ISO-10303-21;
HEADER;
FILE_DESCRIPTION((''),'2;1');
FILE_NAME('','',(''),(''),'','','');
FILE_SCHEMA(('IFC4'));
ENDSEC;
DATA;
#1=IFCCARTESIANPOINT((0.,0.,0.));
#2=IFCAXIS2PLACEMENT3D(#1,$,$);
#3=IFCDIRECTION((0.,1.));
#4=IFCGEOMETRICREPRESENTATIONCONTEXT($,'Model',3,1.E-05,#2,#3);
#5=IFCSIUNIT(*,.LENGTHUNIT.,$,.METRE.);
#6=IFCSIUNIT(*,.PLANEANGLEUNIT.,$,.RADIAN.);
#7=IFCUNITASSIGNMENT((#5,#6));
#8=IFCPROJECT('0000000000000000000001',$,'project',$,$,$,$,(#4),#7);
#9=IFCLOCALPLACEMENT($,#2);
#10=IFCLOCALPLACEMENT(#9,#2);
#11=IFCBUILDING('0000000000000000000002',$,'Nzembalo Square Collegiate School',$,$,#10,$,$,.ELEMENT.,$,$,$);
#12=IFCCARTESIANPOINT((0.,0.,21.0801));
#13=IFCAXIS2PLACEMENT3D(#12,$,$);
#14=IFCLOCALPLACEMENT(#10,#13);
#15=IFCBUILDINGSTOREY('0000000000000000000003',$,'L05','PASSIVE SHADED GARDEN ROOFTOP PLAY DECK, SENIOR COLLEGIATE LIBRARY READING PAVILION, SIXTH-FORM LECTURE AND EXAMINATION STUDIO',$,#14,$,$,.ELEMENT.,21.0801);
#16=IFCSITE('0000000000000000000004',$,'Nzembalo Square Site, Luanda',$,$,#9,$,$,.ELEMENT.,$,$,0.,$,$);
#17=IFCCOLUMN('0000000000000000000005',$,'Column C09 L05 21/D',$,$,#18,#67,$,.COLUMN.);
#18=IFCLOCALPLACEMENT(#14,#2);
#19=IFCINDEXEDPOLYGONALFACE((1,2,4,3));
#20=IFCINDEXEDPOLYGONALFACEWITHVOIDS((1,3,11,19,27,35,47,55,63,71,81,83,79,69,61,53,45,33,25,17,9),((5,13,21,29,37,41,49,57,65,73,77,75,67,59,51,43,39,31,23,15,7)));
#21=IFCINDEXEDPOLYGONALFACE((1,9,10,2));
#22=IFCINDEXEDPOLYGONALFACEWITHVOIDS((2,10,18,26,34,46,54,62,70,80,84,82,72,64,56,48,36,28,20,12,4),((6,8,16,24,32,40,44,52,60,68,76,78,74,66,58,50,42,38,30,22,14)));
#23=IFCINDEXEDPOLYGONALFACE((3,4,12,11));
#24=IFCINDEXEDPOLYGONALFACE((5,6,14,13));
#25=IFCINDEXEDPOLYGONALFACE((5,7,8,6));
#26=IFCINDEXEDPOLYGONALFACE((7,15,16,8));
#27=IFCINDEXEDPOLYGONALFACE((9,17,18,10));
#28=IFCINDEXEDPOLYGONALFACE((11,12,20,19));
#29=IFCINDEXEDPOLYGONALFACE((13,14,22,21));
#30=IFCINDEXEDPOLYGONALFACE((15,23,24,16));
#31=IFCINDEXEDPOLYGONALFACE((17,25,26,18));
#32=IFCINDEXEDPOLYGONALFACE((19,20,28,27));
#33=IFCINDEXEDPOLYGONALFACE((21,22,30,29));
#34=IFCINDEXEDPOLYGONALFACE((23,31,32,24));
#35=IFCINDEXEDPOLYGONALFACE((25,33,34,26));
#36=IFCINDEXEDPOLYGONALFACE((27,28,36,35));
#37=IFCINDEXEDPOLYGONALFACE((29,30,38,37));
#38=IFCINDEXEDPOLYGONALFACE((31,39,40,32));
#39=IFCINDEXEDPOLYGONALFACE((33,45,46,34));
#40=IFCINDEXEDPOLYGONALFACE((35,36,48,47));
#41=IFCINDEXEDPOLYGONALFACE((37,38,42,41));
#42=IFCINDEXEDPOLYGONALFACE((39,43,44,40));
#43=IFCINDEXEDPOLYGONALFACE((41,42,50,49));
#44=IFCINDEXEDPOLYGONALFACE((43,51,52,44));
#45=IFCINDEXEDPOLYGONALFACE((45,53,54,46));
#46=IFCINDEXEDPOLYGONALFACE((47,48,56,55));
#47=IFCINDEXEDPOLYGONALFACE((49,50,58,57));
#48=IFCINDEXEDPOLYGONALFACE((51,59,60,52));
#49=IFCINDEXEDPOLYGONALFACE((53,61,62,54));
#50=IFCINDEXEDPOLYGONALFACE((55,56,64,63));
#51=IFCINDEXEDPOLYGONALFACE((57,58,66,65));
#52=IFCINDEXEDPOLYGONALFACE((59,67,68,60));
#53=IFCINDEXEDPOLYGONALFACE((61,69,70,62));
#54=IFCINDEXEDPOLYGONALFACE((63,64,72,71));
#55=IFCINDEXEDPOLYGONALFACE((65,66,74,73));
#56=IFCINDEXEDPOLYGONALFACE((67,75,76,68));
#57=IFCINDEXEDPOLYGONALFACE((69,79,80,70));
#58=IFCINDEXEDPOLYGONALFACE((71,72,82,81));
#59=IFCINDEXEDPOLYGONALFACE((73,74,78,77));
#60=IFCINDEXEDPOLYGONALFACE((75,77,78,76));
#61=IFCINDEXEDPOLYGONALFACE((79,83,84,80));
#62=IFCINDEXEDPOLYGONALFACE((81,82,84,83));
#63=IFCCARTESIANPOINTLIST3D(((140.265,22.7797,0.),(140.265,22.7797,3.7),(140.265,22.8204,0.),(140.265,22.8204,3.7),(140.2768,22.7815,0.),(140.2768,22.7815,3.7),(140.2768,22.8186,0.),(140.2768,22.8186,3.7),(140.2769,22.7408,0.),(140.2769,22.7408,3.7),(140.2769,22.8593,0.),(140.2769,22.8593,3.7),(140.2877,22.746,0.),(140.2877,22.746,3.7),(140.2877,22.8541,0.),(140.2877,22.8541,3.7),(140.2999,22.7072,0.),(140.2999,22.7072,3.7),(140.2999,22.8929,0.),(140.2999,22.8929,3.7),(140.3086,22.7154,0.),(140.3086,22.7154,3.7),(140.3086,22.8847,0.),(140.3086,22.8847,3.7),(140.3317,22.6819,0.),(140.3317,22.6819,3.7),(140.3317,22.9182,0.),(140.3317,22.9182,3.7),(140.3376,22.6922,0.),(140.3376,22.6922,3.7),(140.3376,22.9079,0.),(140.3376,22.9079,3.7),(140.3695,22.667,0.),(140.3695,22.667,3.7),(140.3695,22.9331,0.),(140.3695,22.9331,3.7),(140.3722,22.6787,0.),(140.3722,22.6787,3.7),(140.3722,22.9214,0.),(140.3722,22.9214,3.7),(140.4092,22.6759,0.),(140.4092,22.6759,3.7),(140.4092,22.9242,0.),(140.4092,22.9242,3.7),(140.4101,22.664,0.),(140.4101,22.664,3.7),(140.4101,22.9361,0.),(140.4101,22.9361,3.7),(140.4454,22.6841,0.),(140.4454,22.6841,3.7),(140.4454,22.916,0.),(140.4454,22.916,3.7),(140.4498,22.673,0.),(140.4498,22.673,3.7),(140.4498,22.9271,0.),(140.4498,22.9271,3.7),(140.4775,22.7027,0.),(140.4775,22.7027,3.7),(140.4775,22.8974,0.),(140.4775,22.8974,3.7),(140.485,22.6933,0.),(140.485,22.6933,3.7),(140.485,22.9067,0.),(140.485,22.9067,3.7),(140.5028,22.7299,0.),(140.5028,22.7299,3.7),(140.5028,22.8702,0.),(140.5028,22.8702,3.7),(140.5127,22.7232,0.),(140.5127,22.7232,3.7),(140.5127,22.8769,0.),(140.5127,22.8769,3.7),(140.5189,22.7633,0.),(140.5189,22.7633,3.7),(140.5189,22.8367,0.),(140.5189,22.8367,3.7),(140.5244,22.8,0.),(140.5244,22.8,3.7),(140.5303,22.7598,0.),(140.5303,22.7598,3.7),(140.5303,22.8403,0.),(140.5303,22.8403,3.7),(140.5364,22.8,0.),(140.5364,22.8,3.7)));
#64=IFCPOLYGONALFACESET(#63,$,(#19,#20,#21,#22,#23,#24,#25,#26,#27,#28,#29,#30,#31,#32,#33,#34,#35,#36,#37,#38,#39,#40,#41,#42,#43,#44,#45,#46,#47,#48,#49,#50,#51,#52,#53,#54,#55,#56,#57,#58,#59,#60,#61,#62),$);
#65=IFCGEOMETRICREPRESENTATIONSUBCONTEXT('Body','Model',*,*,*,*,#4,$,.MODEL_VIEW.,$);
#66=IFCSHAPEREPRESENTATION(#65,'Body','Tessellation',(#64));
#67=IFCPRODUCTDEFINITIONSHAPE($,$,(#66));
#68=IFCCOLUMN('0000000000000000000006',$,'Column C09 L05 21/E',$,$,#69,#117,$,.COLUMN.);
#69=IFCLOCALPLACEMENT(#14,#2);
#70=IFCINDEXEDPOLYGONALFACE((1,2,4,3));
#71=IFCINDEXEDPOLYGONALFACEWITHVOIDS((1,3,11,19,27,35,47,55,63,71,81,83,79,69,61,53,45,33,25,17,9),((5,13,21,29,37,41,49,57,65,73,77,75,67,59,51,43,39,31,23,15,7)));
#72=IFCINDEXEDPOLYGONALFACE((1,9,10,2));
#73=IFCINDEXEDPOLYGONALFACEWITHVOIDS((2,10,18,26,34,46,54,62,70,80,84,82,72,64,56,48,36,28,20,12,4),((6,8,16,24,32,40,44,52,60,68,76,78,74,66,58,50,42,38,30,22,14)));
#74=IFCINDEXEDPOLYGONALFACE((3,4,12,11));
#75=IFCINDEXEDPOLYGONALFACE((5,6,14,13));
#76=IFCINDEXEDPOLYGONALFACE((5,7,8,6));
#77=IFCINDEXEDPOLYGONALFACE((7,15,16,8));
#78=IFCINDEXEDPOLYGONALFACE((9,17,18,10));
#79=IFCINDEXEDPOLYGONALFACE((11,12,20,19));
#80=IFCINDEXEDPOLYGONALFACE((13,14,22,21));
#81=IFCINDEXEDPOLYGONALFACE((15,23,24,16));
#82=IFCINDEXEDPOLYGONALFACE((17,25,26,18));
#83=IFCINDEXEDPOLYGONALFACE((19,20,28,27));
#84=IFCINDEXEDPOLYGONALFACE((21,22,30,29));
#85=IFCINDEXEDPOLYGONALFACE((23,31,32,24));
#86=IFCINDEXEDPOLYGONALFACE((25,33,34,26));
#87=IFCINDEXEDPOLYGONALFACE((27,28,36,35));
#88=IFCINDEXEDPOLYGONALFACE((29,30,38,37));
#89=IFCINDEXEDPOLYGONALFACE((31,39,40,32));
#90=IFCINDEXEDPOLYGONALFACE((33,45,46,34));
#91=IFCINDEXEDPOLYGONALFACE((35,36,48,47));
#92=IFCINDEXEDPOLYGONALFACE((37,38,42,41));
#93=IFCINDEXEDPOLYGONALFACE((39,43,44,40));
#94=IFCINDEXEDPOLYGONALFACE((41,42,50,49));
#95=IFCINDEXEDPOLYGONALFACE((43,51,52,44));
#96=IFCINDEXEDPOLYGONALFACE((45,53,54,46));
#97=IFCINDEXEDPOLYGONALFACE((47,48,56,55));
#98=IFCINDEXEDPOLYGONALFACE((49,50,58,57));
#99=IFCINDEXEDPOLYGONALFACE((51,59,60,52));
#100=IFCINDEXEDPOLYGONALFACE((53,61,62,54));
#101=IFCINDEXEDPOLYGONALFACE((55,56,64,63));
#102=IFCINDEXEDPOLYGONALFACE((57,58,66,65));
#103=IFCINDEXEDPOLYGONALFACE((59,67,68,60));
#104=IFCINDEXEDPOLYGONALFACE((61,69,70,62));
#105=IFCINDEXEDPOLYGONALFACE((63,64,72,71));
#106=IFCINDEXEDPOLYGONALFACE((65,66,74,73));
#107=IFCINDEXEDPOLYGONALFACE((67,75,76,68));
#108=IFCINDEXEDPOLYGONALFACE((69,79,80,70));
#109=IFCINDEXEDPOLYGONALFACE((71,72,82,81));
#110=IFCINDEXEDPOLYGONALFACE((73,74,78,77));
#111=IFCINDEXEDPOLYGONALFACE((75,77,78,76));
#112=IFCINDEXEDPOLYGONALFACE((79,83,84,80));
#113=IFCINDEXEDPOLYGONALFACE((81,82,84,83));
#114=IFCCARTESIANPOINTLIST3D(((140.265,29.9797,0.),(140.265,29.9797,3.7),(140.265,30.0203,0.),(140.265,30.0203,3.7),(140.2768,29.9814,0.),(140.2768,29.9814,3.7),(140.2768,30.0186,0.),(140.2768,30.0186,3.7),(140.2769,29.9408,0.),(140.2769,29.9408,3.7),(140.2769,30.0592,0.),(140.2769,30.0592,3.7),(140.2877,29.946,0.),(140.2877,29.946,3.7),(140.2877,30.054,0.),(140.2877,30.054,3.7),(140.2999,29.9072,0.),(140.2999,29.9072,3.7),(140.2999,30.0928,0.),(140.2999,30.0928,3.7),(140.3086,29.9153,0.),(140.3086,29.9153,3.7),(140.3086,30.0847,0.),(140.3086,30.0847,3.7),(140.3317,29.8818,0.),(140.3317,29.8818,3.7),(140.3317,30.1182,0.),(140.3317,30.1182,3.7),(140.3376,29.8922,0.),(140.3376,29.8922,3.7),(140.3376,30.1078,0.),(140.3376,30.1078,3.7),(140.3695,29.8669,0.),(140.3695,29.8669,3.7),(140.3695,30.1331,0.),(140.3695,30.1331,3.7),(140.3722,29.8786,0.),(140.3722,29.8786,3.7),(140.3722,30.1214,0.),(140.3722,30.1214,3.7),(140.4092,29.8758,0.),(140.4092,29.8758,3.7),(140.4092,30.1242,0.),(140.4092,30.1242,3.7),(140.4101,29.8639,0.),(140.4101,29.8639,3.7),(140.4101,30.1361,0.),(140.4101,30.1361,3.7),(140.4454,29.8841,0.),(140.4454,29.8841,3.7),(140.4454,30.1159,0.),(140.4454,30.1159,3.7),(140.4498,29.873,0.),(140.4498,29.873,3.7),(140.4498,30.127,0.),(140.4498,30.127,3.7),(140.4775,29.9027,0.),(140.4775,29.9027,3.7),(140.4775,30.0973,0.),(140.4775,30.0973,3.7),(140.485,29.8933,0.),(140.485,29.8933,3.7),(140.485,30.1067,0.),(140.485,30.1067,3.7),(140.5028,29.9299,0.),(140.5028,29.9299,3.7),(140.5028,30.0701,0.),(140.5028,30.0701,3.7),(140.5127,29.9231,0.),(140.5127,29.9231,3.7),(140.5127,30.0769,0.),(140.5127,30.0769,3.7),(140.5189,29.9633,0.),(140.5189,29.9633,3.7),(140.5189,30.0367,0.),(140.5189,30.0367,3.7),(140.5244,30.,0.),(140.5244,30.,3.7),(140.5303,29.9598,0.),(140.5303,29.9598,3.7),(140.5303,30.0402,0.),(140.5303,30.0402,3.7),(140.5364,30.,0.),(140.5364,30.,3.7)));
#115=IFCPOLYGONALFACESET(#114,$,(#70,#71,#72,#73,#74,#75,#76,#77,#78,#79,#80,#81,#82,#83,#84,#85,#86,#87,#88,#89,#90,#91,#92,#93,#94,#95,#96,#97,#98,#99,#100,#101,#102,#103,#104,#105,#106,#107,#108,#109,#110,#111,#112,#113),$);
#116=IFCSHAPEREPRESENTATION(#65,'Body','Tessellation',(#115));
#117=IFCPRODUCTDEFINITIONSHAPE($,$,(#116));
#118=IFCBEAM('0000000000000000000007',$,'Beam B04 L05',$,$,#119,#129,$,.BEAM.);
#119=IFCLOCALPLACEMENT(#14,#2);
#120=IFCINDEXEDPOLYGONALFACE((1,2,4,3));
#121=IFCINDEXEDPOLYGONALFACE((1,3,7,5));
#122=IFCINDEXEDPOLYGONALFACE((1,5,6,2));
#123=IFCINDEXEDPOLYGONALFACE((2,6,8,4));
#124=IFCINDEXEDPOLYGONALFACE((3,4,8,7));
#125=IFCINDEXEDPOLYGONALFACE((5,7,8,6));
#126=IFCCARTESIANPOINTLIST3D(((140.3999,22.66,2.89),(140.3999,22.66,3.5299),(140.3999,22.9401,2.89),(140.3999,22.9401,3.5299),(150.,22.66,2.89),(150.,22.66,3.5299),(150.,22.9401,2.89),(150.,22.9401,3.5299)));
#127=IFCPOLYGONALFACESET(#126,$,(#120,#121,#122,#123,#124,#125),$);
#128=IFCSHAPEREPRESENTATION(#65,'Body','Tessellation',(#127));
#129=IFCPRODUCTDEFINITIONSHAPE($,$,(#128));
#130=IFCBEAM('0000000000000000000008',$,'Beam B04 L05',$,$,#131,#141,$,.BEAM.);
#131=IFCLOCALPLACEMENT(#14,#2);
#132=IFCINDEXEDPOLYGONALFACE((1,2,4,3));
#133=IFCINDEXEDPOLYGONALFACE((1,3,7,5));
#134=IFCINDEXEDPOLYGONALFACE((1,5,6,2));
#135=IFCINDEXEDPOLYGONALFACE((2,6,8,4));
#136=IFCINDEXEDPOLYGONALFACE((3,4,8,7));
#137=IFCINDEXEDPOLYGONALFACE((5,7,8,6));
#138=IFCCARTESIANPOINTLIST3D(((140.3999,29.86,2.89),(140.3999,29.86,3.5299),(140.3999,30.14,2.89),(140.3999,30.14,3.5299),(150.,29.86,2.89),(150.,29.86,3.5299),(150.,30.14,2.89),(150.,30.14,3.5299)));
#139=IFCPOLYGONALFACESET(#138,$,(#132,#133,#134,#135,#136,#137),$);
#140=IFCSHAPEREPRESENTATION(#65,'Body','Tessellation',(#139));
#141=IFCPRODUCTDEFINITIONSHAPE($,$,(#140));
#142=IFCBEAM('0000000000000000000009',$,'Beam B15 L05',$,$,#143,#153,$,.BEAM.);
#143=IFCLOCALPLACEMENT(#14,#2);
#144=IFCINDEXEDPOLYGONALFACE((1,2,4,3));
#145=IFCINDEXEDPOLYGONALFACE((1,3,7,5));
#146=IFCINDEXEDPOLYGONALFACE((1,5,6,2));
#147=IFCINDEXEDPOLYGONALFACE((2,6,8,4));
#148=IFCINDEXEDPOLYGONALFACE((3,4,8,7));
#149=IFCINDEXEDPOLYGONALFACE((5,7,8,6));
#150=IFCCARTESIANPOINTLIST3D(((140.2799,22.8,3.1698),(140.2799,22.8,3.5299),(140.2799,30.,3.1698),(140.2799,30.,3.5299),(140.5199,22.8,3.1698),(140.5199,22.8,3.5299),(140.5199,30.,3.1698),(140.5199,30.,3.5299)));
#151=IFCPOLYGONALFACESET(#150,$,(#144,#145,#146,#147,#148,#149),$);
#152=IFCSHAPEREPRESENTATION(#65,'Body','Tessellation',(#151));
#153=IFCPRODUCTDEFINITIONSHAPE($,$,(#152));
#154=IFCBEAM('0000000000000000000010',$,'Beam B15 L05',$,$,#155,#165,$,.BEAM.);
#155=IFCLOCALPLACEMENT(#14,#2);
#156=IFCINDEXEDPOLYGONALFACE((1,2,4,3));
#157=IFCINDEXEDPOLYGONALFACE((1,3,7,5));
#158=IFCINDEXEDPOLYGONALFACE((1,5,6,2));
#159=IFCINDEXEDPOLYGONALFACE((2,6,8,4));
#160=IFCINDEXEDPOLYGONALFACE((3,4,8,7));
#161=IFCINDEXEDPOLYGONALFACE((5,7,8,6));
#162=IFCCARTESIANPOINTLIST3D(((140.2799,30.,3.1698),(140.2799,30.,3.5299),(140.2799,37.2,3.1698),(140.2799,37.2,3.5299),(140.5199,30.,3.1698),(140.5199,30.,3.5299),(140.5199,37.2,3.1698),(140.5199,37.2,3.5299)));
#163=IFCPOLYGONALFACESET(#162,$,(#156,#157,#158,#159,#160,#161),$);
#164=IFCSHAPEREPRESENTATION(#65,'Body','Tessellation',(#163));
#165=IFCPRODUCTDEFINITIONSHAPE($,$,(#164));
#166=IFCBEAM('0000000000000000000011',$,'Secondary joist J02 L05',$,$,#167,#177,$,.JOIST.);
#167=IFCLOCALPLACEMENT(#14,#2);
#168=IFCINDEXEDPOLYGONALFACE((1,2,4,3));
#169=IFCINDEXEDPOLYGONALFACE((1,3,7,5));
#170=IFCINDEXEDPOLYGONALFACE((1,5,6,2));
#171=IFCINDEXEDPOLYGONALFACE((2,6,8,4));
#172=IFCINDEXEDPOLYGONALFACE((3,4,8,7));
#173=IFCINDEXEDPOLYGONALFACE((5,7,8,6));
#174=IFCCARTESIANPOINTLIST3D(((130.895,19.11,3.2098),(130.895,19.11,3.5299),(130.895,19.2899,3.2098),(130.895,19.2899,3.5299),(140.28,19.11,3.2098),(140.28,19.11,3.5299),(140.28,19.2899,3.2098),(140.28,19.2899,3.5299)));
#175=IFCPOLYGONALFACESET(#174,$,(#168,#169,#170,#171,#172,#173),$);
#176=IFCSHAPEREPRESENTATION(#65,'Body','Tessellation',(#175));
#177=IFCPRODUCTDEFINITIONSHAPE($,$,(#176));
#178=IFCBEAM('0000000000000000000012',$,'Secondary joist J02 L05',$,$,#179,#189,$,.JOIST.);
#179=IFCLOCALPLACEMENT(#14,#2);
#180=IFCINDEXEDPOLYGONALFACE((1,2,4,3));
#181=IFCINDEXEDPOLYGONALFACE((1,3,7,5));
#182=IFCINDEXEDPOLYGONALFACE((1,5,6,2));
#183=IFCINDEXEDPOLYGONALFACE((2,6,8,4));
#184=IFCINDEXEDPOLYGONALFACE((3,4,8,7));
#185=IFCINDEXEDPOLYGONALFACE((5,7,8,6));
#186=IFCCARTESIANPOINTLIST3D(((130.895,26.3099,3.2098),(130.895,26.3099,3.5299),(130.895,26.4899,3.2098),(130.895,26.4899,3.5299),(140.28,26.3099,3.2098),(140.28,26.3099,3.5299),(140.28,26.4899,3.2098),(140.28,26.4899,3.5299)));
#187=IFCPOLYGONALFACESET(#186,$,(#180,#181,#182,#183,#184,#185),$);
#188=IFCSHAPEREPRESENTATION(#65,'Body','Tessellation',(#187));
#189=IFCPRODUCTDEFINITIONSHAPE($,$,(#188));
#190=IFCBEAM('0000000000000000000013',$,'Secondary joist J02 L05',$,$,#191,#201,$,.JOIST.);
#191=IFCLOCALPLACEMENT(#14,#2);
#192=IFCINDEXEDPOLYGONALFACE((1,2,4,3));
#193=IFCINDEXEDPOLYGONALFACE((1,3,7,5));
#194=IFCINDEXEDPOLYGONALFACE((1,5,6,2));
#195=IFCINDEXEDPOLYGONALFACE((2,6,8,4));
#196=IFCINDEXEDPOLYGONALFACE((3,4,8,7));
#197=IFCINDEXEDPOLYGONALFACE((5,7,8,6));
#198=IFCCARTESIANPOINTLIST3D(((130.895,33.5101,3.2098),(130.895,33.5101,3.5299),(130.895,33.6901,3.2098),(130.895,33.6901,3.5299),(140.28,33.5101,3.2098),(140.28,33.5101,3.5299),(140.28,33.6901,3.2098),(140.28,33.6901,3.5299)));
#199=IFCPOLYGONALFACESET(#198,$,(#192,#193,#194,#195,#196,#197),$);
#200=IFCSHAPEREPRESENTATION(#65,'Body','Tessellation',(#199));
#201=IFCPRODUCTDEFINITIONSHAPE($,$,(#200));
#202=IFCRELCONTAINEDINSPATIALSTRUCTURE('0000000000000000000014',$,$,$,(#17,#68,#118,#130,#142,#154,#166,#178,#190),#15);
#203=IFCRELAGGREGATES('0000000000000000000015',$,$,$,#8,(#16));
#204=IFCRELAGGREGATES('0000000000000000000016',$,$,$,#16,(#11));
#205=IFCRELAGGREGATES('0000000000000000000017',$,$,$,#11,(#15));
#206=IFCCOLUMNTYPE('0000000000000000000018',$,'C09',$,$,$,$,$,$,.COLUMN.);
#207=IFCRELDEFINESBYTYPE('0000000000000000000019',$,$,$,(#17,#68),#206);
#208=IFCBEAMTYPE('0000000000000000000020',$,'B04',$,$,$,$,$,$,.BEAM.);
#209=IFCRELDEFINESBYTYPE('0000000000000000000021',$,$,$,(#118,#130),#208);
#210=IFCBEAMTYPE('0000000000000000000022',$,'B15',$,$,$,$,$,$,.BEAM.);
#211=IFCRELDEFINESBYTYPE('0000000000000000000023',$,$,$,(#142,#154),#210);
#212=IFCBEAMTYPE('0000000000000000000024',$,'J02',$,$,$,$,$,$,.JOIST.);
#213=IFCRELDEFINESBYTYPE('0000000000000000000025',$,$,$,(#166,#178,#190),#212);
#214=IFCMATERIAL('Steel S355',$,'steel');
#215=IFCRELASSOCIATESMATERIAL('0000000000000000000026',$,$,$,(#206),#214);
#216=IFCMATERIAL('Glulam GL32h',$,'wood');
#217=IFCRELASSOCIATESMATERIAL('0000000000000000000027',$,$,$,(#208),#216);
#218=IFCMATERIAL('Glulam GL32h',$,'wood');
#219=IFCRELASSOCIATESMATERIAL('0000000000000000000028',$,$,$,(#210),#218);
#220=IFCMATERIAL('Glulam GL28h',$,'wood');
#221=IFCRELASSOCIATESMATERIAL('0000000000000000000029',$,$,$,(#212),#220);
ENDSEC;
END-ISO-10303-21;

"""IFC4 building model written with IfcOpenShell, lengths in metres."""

from ifc_helpers import new_model, si_unit, direction, frame, origin, origin_2d, place, context, subcontext, project, spatial, rectangle, hollow_circle, extrude, material, material_profile, profile_set, type_object, element, save


model = new_model("IFC4")

# Units and contexts
model_context = context("Model", 3, precision=1e-05, world=origin(), true_north=direction((0.0, 1.0)))
body_context = subcontext(model_context, "Body", "Model", "MODEL_VIEW")
ifc_project = project(units=[si_unit("LENGTHUNIT", "METRE"), si_unit("PLANEANGLEUNIT", "RADIAN")], contexts=[model_context])

# Site, building, storey
site_placement = place(None, origin())
site = spatial("IfcSite", under=ifc_project, at=site_placement, Name="Nzembalo Square Site, Luanda", CompositionType="ELEMENT", RefElevation=0.0)
building_placement = place(site_placement, origin())
building = spatial("IfcBuilding", under=site, at=building_placement, Name="Nzembalo Square Collegiate School", CompositionType="ELEMENT")
storey_placement = place(building_placement, frame((0.0, 0.0, 21.0801)))
storey = spatial("IfcBuildingStorey", under=building, at=storey_placement, Name="L05", Description="PASSIVE SHADED GARDEN ROOFTOP PLAY DECK, SENIOR COLLEGIATE LIBRARY READING PAVILION, SIXTH-FORM LECTURE AND EXAMINATION STUDIO", CompositionType="ELEMENT", Elevation=21.0801)

# Columns
ifc_material_1 = material(Name="Steel S355", Category="steel")
ifc_material_profile_1 = material_profile(ifc_material_1, hollow_circle(Radius=0.1365, WallThickness=0.012, at=origin_2d()), Name="CHS 273x12")
ifc_profile_set_1 = profile_set([ifc_material_profile_1], Name="Steel S355")
column_type = type_object("IfcColumnType", Name="C09", PredefinedType="COLUMN", material=ifc_profile_set_1)
for number, where, z_axis, x_axis, name in (
    (1, (140.3999, 22.8, 0.0), (0.0, 0.0, 1.0), (1.0, 0.0, 0.0), "Column C09 L05 21/D"),
    (2, (140.3999, 30.0, 0.0), (0.0, 0.0, 1.0), (1.0, 0.0, 0.0), "Column C09 L05 21/E"),
):
    element("IfcColumn", number, at=place(storey_placement, frame(where, z_axis=z_axis, x_axis=x_axis)), inside=storey, type_object=column_type, Name=name, PredefinedType="COLUMN", context=body_context, shape_type="SweptSolid", body=[
        extrude(hollow_circle(Radius=0.1365, WallThickness=0.012, at=origin_2d()), origin(), (0.0, 0.0, 1.0), 3.7),
    ])

# Beams
ifc_material_2 = material(Name="Glulam GL32h", Category="wood")
ifc_material_profile_2 = material_profile(ifc_material_2, rectangle(XDim=0.28, YDim=0.6399, at=origin_2d()), Name="GL32h 280x640")
ifc_profile_set_2 = profile_set([ifc_material_profile_2], Name="Glulam GL32h")
beam_type_1 = type_object("IfcBeamType", Name="B04", PredefinedType="BEAM", material=ifc_profile_set_2)
for number, where, z_axis, x_axis, name in (
    (3, (140.3999, 22.8, 3.21), (1.0, 0.0, 0.0), (0.0, 1.0, 0.0), "Beam B04 L05"),
    (4, (140.3999, 30.0, 3.21), (1.0, 0.0, 0.0), (0.0, 1.0, 0.0), "Beam B04 L05"),
):
    element("IfcBeam", number, at=place(storey_placement, frame(where, z_axis=z_axis, x_axis=x_axis)), inside=storey, type_object=beam_type_1, Name=name, PredefinedType="BEAM", context=body_context, shape_type="SweptSolid", body=[
        extrude(rectangle(XDim=0.28, YDim=0.6399, at=origin_2d()), origin(), (0.0, 0.0, 1.0), 9.6001),
    ])
ifc_material_3 = material(Name="Glulam GL32h", Category="wood")
ifc_material_profile_3 = material_profile(ifc_material_3, rectangle(XDim=0.24, YDim=0.3601, at=origin_2d()), Name="GL32h 240x360")
ifc_profile_set_3 = profile_set([ifc_material_profile_3], Name="Glulam GL32h")
beam_type_2 = type_object("IfcBeamType", Name="B15", PredefinedType="BEAM", material=ifc_profile_set_3)
for number, where, z_axis, x_axis, name in (
    (5, (140.3999, 22.8, 3.3499), (0.0, 1.0, 0.0), (-1.0, 0.0, 0.0), "Beam B15 L05"),
    (6, (140.3999, 30.0, 3.3499), (0.0, 1.0, 0.0), (-1.0, 0.0, 0.0), "Beam B15 L05"),
):
    element("IfcBeam", number, at=place(storey_placement, frame(where, z_axis=z_axis, x_axis=x_axis)), inside=storey, type_object=beam_type_2, Name=name, PredefinedType="BEAM", context=body_context, shape_type="SweptSolid", body=[
        extrude(rectangle(XDim=0.24, YDim=0.3601, at=origin_2d()), origin(), (0.0, 0.0, 1.0), 7.2),
    ])
ifc_material_4 = material(Name="Glulam GL28h", Category="wood")
ifc_material_profile_4 = material_profile(ifc_material_4, rectangle(XDim=0.1799, YDim=0.3201, at=origin_2d()), Name="GL28h 180x320")
ifc_profile_set_4 = profile_set([ifc_material_profile_4], Name="Glulam GL28h")
beam_type_3 = type_object("IfcBeamType", Name="J02", PredefinedType="JOIST", material=ifc_profile_set_4)
for number, where, z_axis, x_axis, name in (
    (7, (130.895, 19.2, 3.3699), (1.0, 0.0, 0.0), (0.0, 1.0, 0.0), "Secondary joist J02 L05"),
    (8, (130.895, 26.3999, 3.3699), (1.0, 0.0, 0.0), (0.0, 1.0, 0.0), "Secondary joist J02 L05"),
    (9, (130.895, 33.6001, 3.3699), (1.0, 0.0, 0.0), (0.0, 1.0, 0.0), "Secondary joist J02 L05"),
):
    element("IfcBeam", number, at=place(storey_placement, frame(where, z_axis=z_axis, x_axis=x_axis)), inside=storey, type_object=beam_type_3, Name=name, PredefinedType="JOIST", context=body_context, shape_type="SweptSolid", body=[
        extrude(rectangle(XDim=0.1799, YDim=0.3201, at=origin_2d()), origin(), (0.0, 0.0, 1.0), 9.385),
    ])

save(model, "model.ifc")
